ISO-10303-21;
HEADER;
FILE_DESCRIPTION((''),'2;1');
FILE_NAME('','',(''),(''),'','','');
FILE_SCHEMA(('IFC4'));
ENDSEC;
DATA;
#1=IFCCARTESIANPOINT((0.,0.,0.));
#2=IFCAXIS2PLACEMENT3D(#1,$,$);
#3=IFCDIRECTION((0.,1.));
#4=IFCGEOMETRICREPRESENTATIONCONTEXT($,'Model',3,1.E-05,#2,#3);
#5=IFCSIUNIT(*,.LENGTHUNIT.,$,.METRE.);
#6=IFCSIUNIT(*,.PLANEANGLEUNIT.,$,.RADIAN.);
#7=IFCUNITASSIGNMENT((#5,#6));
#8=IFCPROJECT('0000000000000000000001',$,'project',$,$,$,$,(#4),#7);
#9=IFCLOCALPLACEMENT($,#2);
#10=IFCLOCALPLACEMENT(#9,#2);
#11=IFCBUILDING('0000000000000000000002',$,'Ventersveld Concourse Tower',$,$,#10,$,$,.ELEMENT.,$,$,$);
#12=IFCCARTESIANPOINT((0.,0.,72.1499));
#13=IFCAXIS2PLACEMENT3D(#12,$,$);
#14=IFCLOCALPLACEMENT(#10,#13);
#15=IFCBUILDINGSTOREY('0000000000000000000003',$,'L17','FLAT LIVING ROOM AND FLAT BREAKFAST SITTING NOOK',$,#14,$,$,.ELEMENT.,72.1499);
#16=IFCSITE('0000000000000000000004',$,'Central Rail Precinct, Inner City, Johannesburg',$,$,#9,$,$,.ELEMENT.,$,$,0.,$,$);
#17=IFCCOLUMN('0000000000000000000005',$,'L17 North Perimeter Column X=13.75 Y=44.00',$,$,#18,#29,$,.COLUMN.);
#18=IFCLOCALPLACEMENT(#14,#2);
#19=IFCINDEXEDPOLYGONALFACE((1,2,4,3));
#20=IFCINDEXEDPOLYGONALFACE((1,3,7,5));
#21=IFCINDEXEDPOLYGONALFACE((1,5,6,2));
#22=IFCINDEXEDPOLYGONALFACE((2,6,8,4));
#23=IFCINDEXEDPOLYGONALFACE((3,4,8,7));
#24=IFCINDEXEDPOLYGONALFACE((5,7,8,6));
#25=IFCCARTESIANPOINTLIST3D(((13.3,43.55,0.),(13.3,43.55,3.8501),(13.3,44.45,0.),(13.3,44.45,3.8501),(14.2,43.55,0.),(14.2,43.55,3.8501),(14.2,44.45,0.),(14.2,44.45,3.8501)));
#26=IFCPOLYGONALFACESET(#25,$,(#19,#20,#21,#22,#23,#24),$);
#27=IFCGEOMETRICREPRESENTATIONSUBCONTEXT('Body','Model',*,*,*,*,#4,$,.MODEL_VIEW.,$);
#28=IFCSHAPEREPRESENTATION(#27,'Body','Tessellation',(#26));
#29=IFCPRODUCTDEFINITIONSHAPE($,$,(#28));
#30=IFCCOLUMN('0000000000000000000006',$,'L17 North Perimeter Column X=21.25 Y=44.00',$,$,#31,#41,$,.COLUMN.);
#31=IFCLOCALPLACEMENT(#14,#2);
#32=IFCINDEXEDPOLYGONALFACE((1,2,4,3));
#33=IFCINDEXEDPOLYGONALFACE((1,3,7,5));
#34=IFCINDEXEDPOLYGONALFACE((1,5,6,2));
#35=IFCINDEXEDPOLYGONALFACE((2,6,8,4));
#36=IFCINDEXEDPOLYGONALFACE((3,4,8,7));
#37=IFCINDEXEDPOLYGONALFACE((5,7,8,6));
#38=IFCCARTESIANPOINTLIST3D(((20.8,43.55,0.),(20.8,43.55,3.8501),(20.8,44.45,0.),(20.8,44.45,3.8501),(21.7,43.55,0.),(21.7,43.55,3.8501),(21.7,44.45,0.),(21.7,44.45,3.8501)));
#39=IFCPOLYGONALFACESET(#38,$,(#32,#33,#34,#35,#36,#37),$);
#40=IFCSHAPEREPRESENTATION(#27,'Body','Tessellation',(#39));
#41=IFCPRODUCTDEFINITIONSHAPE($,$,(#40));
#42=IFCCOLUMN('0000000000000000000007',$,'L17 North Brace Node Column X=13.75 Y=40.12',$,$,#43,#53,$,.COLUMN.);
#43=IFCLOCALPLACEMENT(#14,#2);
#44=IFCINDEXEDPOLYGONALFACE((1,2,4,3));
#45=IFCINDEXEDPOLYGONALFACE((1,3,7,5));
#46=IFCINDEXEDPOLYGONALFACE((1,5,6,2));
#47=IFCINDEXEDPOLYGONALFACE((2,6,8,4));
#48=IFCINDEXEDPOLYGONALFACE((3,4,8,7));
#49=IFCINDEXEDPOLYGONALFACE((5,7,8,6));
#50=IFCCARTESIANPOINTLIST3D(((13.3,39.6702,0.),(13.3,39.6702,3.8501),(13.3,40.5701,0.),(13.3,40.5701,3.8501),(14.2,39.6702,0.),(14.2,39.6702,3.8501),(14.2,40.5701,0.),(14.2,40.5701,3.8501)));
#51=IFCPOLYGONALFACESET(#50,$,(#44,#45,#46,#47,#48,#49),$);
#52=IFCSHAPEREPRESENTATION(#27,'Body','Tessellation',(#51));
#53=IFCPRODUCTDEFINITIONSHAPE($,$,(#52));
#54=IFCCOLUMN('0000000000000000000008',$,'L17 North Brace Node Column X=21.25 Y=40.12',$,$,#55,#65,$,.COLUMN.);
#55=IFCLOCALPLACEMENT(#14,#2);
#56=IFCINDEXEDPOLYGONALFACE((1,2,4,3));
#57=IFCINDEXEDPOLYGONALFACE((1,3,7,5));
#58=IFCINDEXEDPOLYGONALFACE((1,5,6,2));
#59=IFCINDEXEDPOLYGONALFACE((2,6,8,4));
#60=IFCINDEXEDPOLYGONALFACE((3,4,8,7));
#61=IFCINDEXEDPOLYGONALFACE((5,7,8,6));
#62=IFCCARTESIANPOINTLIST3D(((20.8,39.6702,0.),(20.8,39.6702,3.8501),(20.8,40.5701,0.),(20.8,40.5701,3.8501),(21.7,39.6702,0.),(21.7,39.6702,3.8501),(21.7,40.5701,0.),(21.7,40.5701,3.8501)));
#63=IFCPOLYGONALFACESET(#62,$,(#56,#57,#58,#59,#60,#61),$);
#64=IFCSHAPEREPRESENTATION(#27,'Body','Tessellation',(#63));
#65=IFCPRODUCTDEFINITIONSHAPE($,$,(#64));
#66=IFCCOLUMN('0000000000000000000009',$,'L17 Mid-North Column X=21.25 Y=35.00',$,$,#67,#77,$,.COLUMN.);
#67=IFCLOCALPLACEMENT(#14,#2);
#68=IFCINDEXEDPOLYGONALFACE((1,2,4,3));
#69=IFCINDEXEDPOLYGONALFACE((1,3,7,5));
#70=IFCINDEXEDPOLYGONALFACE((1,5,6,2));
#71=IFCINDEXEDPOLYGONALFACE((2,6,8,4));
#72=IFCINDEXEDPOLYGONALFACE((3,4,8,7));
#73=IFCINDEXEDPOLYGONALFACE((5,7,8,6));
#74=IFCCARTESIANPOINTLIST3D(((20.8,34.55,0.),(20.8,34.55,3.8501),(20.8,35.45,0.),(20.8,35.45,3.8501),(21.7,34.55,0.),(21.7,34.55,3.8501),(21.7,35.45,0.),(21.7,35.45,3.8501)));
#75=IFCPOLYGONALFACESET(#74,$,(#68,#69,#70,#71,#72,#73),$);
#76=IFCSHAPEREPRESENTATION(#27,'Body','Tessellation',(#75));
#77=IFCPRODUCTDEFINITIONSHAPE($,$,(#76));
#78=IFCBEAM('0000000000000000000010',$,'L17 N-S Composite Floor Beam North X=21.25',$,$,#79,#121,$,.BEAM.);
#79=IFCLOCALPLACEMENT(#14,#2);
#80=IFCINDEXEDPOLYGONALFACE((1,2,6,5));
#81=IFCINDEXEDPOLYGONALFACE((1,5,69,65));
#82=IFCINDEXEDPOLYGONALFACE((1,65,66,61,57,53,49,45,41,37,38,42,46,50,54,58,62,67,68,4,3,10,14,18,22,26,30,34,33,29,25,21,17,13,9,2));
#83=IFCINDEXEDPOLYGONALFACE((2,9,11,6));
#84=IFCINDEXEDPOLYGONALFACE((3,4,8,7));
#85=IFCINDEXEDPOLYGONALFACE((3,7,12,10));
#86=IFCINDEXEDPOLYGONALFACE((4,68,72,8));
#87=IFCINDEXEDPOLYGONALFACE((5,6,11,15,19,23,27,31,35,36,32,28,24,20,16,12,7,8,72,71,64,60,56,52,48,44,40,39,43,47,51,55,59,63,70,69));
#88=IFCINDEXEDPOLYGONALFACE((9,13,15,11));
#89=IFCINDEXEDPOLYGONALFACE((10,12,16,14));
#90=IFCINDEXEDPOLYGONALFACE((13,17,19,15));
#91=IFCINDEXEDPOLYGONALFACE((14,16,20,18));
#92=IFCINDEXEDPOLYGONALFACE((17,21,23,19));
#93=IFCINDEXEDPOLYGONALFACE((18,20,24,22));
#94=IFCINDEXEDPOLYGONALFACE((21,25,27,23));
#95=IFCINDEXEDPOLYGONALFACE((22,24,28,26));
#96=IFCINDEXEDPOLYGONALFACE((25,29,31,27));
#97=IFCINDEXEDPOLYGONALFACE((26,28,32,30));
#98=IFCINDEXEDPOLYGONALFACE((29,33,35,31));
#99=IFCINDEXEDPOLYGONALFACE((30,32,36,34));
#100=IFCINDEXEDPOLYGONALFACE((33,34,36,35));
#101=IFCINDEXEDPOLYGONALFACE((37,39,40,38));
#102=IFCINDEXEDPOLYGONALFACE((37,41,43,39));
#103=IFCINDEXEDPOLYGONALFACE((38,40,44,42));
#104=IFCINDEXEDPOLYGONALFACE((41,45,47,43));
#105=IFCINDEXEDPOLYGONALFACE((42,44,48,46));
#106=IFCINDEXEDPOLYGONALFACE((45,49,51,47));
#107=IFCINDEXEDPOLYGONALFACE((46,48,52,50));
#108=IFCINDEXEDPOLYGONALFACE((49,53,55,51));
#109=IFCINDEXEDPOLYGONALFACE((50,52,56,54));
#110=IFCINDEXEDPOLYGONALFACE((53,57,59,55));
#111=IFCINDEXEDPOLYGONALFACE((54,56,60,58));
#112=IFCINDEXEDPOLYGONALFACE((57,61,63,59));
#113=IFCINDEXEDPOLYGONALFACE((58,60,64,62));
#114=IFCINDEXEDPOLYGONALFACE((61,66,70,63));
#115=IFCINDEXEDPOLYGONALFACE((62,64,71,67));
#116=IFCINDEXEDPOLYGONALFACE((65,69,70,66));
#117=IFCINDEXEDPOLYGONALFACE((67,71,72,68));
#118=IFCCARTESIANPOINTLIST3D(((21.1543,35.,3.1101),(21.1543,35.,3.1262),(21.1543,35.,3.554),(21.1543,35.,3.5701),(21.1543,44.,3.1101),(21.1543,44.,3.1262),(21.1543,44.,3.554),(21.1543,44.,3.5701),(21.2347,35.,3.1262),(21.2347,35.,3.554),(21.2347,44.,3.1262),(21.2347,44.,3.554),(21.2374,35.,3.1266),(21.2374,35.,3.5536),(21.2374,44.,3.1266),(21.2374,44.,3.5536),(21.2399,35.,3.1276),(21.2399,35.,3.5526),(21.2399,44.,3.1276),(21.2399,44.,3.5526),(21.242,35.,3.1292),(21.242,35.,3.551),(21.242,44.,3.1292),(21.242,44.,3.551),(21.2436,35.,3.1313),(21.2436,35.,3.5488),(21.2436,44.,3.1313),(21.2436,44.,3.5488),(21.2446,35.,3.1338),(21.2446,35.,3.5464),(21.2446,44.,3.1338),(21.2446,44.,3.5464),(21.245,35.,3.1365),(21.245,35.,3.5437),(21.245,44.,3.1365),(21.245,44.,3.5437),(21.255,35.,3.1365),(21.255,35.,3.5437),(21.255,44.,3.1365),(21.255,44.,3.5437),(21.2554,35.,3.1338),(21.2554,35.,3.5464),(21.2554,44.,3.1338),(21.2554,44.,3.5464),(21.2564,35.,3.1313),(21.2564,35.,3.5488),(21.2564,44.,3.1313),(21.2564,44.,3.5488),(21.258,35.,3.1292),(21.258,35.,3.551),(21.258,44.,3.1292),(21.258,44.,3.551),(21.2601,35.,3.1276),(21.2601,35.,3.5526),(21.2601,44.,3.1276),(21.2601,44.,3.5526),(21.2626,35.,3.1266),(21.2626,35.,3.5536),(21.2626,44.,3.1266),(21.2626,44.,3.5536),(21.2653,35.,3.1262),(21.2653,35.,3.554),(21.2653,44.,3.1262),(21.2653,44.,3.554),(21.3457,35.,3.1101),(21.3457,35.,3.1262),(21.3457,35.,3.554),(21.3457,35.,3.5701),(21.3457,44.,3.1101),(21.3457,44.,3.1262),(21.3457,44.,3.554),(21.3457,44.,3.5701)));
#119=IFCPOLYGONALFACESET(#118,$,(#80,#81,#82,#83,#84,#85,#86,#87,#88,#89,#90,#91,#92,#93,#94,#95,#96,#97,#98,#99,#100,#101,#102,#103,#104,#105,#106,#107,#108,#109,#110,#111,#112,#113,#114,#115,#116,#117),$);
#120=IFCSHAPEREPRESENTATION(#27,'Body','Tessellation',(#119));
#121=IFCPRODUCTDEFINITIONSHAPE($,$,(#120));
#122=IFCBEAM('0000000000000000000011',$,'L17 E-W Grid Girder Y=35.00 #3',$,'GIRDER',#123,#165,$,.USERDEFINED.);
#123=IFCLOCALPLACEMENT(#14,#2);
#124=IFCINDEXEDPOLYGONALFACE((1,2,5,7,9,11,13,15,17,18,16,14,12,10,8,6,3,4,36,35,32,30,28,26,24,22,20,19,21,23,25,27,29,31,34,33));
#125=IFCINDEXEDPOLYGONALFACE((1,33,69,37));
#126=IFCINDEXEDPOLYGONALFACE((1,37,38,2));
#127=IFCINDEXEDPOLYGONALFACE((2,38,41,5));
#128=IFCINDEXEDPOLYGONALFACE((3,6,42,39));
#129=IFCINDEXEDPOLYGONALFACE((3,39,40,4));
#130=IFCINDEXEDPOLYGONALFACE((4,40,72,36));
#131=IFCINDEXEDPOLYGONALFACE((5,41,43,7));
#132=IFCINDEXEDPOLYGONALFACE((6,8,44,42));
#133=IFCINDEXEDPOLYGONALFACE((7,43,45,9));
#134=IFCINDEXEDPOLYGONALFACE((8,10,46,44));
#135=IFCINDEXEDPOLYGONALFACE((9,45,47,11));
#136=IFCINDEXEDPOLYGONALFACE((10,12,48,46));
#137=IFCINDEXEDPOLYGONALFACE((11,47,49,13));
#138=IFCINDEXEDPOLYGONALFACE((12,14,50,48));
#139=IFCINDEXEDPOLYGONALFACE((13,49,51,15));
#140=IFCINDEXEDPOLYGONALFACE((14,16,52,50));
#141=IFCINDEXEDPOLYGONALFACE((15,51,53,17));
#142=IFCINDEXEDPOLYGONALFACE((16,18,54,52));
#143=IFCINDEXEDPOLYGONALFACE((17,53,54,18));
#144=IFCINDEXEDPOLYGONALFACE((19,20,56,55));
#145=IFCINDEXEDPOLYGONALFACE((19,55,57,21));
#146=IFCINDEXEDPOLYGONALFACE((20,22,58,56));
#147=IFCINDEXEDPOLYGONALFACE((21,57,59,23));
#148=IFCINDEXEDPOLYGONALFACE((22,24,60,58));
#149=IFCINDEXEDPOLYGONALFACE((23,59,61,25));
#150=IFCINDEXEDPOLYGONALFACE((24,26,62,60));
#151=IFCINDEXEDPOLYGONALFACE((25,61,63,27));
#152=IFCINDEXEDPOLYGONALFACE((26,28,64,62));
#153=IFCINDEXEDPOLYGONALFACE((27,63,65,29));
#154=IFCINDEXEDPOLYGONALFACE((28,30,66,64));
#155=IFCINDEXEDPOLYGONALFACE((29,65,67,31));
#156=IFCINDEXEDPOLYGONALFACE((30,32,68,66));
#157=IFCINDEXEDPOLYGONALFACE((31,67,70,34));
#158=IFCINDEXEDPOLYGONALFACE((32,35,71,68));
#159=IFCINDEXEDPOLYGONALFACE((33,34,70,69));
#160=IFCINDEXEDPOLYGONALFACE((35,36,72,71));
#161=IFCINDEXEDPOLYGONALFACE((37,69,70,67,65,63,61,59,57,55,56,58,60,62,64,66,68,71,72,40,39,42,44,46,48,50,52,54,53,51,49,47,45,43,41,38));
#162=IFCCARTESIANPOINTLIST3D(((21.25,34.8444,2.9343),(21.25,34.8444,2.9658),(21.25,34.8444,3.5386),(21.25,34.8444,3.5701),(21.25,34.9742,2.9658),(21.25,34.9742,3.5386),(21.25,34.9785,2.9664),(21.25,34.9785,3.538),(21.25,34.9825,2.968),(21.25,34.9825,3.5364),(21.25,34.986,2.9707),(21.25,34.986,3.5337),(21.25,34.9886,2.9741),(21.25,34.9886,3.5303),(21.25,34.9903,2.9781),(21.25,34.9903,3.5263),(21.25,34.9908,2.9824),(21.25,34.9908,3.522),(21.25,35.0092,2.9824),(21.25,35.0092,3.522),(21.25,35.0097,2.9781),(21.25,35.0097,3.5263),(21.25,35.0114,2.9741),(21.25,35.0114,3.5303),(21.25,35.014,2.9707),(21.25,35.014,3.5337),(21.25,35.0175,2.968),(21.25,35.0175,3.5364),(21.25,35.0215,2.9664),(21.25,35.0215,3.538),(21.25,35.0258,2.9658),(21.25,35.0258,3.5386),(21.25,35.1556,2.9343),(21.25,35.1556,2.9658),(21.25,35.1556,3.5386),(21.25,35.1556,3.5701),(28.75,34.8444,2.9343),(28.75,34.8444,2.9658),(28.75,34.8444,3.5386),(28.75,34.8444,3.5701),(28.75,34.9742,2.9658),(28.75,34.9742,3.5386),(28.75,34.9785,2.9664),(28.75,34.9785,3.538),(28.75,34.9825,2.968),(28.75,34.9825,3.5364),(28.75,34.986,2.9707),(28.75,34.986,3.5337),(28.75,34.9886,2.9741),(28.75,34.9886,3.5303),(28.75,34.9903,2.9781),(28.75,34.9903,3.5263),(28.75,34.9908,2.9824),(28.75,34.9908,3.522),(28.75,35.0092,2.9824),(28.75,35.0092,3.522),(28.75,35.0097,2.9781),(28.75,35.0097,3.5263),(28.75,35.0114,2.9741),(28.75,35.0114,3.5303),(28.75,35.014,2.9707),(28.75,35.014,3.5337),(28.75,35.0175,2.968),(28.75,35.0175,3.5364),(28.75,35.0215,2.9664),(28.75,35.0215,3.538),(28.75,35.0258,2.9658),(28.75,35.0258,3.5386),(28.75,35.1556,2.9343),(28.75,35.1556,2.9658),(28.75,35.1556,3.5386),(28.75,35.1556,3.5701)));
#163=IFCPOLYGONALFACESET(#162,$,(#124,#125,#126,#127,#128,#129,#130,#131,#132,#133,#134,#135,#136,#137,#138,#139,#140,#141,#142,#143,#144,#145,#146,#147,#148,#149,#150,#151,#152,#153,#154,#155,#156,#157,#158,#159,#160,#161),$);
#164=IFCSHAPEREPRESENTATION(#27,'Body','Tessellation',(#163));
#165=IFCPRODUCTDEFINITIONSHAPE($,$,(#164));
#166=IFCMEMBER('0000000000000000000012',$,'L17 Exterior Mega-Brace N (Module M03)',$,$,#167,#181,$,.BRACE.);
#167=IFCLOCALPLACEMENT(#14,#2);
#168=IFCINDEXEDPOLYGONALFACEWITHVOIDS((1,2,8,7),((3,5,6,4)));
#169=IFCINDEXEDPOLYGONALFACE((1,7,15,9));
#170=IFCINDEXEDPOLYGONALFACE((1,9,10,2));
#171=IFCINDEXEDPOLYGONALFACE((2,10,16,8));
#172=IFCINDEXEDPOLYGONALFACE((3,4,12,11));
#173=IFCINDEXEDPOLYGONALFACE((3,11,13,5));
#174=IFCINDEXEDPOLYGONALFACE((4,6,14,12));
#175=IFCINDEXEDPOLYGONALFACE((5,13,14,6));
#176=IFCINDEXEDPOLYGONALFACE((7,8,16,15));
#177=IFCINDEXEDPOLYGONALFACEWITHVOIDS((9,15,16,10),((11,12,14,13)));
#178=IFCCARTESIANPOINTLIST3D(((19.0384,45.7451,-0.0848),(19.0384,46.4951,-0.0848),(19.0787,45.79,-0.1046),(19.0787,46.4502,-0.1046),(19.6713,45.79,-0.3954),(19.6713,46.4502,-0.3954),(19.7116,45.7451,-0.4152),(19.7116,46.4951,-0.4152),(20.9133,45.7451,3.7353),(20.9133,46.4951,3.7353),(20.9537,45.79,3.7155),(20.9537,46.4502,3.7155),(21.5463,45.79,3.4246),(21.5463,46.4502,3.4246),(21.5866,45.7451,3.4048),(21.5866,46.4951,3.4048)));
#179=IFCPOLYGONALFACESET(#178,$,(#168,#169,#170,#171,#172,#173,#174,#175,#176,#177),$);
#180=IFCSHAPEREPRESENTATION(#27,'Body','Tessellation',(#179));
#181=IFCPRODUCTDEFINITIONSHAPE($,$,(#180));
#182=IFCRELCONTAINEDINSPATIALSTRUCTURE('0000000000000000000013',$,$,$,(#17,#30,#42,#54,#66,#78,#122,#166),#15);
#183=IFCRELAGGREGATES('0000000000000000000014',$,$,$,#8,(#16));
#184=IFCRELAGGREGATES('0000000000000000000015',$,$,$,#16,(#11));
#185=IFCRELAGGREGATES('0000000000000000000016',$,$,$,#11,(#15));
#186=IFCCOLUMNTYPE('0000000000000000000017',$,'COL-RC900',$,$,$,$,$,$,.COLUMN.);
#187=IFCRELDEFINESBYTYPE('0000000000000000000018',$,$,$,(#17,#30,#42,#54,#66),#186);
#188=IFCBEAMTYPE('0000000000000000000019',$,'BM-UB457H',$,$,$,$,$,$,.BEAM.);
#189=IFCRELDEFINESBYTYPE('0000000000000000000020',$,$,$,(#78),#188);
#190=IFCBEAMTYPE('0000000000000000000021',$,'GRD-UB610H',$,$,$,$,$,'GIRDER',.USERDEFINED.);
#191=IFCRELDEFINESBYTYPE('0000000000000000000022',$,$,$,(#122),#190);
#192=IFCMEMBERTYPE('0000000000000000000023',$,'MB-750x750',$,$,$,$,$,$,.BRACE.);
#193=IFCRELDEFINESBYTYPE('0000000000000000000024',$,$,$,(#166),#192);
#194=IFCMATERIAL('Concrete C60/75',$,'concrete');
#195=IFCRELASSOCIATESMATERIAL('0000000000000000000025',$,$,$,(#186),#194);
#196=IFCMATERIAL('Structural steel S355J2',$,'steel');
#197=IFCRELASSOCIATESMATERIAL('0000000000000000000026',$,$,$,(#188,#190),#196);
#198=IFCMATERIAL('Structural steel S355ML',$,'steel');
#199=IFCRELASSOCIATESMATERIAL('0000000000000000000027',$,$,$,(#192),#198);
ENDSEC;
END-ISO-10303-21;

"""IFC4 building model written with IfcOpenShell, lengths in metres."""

from ifc_helpers import new_model, si_unit, direction, frame, origin, origin_2d, place, context, subcontext, project, spatial, rectangle, hollow_rectangle, i_section, extrude, material, material_profile, profile_set, type_object, element, save


model = new_model("IFC4")

# Units and contexts
model_context = context("Model", 3, precision=1e-05, world=origin(), true_north=direction((0.0, 1.0)))
body_context = subcontext(model_context, "Body", "Model", "MODEL_VIEW")
ifc_project = project(units=[si_unit("LENGTHUNIT", "METRE"), si_unit("PLANEANGLEUNIT", "RADIAN")], contexts=[model_context])

# Site, building, storey
site_placement = place(None, origin())
site = spatial("IfcSite", under=ifc_project, at=site_placement, Name="Central Rail Precinct, Inner City, Johannesburg", CompositionType="ELEMENT", RefElevation=0.0)
building_placement = place(site_placement, origin())
building = spatial("IfcBuilding", under=site, at=building_placement, Name="Ventersveld Concourse Tower", CompositionType="ELEMENT")
storey_placement = place(building_placement, frame((0.0, 0.0, 72.1499)))
storey = spatial("IfcBuildingStorey", under=building, at=storey_placement, Name="L17", Description="FLAT LIVING ROOM AND FLAT BREAKFAST SITTING NOOK", CompositionType="ELEMENT", Elevation=72.1499)

# Columns
ifc_material_1 = material(Name="Concrete C60/75", Category="concrete")
ifc_material_profile_1 = material_profile(ifc_material_1, rectangle(XDim=0.8999, YDim=0.8999, at=origin_2d()), Name="RC 900x900")
ifc_profile_set_1 = profile_set([ifc_material_profile_1], Name="Concrete C60/75")
column_type = type_object("IfcColumnType", Name="COL-RC900", PredefinedType="COLUMN", material=ifc_profile_set_1)
for number, where, z_axis, x_axis, name in (
    (1, (13.75, 44.0, 0.0), (0.0, 0.0, 1.0), (1.0, 0.0, 0.0), "L17 North Perimeter Column X=13.75 Y=44.00"),
    (2, (21.25, 44.0, 0.0), (0.0, 0.0, 1.0), (1.0, 0.0, 0.0), "L17 North Perimeter Column X=21.25 Y=44.00"),
    (3, (13.75, 40.1201, 0.0), (0.0, 0.0, 1.0), (1.0, 0.0, 0.0), "L17 North Brace Node Column X=13.75 Y=40.12"),
    (4, (21.25, 40.1201, 0.0), (0.0, 0.0, 1.0), (1.0, 0.0, 0.0), "L17 North Brace Node Column X=21.25 Y=40.12"),
    (5, (21.25, 35.0, 0.0), (0.0, 0.0, 1.0), (1.0, 0.0, 0.0), "L17 Mid-North Column X=21.25 Y=35.00"),
):
    element("IfcColumn", number, at=place(storey_placement, frame(where, z_axis=z_axis, x_axis=x_axis)), inside=storey, type_object=column_type, Name=name, PredefinedType="COLUMN", context=body_context, shape_type="SweptSolid", body=[
        extrude(rectangle(XDim=0.8999, YDim=0.8999, at=origin_2d()), origin(), (0.0, 0.0, 1.0), 3.8501),
    ])

# Beams
ifc_material_2 = material(Name="Structural steel S355J2", Category="steel")
ifc_material_profile_2 = material_profile(ifc_material_2, i_section(OverallWidth=0.1914, OverallDepth=0.46, WebThickness=0.01, FlangeThickness=0.0161, FilletRadius=0.0103, at=origin_2d()), Name="UB 457x191x82")
ifc_profile_set_2 = profile_set([ifc_material_profile_2], Name="Structural steel S355J2")
beam_type_1 = type_object("IfcBeamType", Name="BM-UB457H", PredefinedType="BEAM", material=ifc_profile_set_2)
beam_1_placement = place(storey_placement, frame((21.25, 35.0, 3.3401), z_axis=(0.0, 1.0, 0.0), x_axis=(-1.0, 0.0, 0.0)))
element("IfcBeam", 6, at=beam_1_placement, inside=storey, type_object=beam_type_1, Name="L17 N-S Composite Floor Beam North X=21.25", PredefinedType="BEAM", context=body_context, shape_type="SweptSolid", body=[
    extrude(i_section(OverallWidth=0.1914, OverallDepth=0.46, WebThickness=0.01, FlangeThickness=0.0161, FilletRadius=0.0103, at=origin_2d()), origin(), (0.0, 0.0, 1.0), 9.0),
])
ifc_material_profile_3 = material_profile(ifc_material_2, i_section(OverallWidth=0.3113, OverallDepth=0.6357, WebThickness=0.0183, FlangeThickness=0.0315, FilletRadius=0.0166, at=origin_2d()), Name="UB 610x305x238")
ifc_profile_set_3 = profile_set([ifc_material_profile_3], Name="Structural steel S355J2")
beam_type_2 = type_object("IfcBeamType", Name="GRD-UB610H", ElementType="GIRDER", PredefinedType="USERDEFINED", material=ifc_profile_set_3)
beam_2_placement = place(storey_placement, frame((21.25, 35.0, 3.2522), z_axis=(1.0, 0.0, 0.0), x_axis=(0.0, 1.0, 0.0)))
element("IfcBeam", 7, at=beam_2_placement, inside=storey, type_object=beam_type_2, Name="L17 E-W Grid Girder Y=35.00 #3", ObjectType="GIRDER", PredefinedType="USERDEFINED", context=body_context, shape_type="SweptSolid", body=[
    extrude(i_section(OverallWidth=0.3113, OverallDepth=0.6357, WebThickness=0.0183, FlangeThickness=0.0315, FilletRadius=0.0166, at=origin_2d()), origin(), (0.0, 0.0, 1.0), 7.5),
])

# Member
ifc_material_3 = material(Name="Structural steel S355ML", Category="steel")
ifc_material_profile_4 = material_profile(ifc_material_3, hollow_rectangle(XDim=0.75, YDim=0.75, WallThickness=0.0449, at=origin_2d()), Name="BOX 750x750x45")
ifc_profile_set_4 = profile_set([ifc_material_profile_4], Name="Structural steel S355ML")
member_type = type_object("IfcMemberType", Name="MB-750x750", PredefinedType="BRACE", material=ifc_profile_set_4)
member_placement = place(storey_placement, frame((19.375, 46.1201, -0.25), z_axis=(0.440615, 0.0, 0.897696), x_axis=(0.0, 1.0, 0.0)))
element("IfcMember", 8, at=member_placement, inside=storey, type_object=member_type, Name="L17 Exterior Mega-Brace N (Module M03)", PredefinedType="BRACE", context=body_context, shape_type="SweptSolid", body=[
    extrude(hollow_rectangle(XDim=0.75, YDim=0.75, WallThickness=0.0449, at=origin_2d()), origin(), (0.0, 0.0, 1.0), 4.2554),
])

save(model, "model.ifc")
